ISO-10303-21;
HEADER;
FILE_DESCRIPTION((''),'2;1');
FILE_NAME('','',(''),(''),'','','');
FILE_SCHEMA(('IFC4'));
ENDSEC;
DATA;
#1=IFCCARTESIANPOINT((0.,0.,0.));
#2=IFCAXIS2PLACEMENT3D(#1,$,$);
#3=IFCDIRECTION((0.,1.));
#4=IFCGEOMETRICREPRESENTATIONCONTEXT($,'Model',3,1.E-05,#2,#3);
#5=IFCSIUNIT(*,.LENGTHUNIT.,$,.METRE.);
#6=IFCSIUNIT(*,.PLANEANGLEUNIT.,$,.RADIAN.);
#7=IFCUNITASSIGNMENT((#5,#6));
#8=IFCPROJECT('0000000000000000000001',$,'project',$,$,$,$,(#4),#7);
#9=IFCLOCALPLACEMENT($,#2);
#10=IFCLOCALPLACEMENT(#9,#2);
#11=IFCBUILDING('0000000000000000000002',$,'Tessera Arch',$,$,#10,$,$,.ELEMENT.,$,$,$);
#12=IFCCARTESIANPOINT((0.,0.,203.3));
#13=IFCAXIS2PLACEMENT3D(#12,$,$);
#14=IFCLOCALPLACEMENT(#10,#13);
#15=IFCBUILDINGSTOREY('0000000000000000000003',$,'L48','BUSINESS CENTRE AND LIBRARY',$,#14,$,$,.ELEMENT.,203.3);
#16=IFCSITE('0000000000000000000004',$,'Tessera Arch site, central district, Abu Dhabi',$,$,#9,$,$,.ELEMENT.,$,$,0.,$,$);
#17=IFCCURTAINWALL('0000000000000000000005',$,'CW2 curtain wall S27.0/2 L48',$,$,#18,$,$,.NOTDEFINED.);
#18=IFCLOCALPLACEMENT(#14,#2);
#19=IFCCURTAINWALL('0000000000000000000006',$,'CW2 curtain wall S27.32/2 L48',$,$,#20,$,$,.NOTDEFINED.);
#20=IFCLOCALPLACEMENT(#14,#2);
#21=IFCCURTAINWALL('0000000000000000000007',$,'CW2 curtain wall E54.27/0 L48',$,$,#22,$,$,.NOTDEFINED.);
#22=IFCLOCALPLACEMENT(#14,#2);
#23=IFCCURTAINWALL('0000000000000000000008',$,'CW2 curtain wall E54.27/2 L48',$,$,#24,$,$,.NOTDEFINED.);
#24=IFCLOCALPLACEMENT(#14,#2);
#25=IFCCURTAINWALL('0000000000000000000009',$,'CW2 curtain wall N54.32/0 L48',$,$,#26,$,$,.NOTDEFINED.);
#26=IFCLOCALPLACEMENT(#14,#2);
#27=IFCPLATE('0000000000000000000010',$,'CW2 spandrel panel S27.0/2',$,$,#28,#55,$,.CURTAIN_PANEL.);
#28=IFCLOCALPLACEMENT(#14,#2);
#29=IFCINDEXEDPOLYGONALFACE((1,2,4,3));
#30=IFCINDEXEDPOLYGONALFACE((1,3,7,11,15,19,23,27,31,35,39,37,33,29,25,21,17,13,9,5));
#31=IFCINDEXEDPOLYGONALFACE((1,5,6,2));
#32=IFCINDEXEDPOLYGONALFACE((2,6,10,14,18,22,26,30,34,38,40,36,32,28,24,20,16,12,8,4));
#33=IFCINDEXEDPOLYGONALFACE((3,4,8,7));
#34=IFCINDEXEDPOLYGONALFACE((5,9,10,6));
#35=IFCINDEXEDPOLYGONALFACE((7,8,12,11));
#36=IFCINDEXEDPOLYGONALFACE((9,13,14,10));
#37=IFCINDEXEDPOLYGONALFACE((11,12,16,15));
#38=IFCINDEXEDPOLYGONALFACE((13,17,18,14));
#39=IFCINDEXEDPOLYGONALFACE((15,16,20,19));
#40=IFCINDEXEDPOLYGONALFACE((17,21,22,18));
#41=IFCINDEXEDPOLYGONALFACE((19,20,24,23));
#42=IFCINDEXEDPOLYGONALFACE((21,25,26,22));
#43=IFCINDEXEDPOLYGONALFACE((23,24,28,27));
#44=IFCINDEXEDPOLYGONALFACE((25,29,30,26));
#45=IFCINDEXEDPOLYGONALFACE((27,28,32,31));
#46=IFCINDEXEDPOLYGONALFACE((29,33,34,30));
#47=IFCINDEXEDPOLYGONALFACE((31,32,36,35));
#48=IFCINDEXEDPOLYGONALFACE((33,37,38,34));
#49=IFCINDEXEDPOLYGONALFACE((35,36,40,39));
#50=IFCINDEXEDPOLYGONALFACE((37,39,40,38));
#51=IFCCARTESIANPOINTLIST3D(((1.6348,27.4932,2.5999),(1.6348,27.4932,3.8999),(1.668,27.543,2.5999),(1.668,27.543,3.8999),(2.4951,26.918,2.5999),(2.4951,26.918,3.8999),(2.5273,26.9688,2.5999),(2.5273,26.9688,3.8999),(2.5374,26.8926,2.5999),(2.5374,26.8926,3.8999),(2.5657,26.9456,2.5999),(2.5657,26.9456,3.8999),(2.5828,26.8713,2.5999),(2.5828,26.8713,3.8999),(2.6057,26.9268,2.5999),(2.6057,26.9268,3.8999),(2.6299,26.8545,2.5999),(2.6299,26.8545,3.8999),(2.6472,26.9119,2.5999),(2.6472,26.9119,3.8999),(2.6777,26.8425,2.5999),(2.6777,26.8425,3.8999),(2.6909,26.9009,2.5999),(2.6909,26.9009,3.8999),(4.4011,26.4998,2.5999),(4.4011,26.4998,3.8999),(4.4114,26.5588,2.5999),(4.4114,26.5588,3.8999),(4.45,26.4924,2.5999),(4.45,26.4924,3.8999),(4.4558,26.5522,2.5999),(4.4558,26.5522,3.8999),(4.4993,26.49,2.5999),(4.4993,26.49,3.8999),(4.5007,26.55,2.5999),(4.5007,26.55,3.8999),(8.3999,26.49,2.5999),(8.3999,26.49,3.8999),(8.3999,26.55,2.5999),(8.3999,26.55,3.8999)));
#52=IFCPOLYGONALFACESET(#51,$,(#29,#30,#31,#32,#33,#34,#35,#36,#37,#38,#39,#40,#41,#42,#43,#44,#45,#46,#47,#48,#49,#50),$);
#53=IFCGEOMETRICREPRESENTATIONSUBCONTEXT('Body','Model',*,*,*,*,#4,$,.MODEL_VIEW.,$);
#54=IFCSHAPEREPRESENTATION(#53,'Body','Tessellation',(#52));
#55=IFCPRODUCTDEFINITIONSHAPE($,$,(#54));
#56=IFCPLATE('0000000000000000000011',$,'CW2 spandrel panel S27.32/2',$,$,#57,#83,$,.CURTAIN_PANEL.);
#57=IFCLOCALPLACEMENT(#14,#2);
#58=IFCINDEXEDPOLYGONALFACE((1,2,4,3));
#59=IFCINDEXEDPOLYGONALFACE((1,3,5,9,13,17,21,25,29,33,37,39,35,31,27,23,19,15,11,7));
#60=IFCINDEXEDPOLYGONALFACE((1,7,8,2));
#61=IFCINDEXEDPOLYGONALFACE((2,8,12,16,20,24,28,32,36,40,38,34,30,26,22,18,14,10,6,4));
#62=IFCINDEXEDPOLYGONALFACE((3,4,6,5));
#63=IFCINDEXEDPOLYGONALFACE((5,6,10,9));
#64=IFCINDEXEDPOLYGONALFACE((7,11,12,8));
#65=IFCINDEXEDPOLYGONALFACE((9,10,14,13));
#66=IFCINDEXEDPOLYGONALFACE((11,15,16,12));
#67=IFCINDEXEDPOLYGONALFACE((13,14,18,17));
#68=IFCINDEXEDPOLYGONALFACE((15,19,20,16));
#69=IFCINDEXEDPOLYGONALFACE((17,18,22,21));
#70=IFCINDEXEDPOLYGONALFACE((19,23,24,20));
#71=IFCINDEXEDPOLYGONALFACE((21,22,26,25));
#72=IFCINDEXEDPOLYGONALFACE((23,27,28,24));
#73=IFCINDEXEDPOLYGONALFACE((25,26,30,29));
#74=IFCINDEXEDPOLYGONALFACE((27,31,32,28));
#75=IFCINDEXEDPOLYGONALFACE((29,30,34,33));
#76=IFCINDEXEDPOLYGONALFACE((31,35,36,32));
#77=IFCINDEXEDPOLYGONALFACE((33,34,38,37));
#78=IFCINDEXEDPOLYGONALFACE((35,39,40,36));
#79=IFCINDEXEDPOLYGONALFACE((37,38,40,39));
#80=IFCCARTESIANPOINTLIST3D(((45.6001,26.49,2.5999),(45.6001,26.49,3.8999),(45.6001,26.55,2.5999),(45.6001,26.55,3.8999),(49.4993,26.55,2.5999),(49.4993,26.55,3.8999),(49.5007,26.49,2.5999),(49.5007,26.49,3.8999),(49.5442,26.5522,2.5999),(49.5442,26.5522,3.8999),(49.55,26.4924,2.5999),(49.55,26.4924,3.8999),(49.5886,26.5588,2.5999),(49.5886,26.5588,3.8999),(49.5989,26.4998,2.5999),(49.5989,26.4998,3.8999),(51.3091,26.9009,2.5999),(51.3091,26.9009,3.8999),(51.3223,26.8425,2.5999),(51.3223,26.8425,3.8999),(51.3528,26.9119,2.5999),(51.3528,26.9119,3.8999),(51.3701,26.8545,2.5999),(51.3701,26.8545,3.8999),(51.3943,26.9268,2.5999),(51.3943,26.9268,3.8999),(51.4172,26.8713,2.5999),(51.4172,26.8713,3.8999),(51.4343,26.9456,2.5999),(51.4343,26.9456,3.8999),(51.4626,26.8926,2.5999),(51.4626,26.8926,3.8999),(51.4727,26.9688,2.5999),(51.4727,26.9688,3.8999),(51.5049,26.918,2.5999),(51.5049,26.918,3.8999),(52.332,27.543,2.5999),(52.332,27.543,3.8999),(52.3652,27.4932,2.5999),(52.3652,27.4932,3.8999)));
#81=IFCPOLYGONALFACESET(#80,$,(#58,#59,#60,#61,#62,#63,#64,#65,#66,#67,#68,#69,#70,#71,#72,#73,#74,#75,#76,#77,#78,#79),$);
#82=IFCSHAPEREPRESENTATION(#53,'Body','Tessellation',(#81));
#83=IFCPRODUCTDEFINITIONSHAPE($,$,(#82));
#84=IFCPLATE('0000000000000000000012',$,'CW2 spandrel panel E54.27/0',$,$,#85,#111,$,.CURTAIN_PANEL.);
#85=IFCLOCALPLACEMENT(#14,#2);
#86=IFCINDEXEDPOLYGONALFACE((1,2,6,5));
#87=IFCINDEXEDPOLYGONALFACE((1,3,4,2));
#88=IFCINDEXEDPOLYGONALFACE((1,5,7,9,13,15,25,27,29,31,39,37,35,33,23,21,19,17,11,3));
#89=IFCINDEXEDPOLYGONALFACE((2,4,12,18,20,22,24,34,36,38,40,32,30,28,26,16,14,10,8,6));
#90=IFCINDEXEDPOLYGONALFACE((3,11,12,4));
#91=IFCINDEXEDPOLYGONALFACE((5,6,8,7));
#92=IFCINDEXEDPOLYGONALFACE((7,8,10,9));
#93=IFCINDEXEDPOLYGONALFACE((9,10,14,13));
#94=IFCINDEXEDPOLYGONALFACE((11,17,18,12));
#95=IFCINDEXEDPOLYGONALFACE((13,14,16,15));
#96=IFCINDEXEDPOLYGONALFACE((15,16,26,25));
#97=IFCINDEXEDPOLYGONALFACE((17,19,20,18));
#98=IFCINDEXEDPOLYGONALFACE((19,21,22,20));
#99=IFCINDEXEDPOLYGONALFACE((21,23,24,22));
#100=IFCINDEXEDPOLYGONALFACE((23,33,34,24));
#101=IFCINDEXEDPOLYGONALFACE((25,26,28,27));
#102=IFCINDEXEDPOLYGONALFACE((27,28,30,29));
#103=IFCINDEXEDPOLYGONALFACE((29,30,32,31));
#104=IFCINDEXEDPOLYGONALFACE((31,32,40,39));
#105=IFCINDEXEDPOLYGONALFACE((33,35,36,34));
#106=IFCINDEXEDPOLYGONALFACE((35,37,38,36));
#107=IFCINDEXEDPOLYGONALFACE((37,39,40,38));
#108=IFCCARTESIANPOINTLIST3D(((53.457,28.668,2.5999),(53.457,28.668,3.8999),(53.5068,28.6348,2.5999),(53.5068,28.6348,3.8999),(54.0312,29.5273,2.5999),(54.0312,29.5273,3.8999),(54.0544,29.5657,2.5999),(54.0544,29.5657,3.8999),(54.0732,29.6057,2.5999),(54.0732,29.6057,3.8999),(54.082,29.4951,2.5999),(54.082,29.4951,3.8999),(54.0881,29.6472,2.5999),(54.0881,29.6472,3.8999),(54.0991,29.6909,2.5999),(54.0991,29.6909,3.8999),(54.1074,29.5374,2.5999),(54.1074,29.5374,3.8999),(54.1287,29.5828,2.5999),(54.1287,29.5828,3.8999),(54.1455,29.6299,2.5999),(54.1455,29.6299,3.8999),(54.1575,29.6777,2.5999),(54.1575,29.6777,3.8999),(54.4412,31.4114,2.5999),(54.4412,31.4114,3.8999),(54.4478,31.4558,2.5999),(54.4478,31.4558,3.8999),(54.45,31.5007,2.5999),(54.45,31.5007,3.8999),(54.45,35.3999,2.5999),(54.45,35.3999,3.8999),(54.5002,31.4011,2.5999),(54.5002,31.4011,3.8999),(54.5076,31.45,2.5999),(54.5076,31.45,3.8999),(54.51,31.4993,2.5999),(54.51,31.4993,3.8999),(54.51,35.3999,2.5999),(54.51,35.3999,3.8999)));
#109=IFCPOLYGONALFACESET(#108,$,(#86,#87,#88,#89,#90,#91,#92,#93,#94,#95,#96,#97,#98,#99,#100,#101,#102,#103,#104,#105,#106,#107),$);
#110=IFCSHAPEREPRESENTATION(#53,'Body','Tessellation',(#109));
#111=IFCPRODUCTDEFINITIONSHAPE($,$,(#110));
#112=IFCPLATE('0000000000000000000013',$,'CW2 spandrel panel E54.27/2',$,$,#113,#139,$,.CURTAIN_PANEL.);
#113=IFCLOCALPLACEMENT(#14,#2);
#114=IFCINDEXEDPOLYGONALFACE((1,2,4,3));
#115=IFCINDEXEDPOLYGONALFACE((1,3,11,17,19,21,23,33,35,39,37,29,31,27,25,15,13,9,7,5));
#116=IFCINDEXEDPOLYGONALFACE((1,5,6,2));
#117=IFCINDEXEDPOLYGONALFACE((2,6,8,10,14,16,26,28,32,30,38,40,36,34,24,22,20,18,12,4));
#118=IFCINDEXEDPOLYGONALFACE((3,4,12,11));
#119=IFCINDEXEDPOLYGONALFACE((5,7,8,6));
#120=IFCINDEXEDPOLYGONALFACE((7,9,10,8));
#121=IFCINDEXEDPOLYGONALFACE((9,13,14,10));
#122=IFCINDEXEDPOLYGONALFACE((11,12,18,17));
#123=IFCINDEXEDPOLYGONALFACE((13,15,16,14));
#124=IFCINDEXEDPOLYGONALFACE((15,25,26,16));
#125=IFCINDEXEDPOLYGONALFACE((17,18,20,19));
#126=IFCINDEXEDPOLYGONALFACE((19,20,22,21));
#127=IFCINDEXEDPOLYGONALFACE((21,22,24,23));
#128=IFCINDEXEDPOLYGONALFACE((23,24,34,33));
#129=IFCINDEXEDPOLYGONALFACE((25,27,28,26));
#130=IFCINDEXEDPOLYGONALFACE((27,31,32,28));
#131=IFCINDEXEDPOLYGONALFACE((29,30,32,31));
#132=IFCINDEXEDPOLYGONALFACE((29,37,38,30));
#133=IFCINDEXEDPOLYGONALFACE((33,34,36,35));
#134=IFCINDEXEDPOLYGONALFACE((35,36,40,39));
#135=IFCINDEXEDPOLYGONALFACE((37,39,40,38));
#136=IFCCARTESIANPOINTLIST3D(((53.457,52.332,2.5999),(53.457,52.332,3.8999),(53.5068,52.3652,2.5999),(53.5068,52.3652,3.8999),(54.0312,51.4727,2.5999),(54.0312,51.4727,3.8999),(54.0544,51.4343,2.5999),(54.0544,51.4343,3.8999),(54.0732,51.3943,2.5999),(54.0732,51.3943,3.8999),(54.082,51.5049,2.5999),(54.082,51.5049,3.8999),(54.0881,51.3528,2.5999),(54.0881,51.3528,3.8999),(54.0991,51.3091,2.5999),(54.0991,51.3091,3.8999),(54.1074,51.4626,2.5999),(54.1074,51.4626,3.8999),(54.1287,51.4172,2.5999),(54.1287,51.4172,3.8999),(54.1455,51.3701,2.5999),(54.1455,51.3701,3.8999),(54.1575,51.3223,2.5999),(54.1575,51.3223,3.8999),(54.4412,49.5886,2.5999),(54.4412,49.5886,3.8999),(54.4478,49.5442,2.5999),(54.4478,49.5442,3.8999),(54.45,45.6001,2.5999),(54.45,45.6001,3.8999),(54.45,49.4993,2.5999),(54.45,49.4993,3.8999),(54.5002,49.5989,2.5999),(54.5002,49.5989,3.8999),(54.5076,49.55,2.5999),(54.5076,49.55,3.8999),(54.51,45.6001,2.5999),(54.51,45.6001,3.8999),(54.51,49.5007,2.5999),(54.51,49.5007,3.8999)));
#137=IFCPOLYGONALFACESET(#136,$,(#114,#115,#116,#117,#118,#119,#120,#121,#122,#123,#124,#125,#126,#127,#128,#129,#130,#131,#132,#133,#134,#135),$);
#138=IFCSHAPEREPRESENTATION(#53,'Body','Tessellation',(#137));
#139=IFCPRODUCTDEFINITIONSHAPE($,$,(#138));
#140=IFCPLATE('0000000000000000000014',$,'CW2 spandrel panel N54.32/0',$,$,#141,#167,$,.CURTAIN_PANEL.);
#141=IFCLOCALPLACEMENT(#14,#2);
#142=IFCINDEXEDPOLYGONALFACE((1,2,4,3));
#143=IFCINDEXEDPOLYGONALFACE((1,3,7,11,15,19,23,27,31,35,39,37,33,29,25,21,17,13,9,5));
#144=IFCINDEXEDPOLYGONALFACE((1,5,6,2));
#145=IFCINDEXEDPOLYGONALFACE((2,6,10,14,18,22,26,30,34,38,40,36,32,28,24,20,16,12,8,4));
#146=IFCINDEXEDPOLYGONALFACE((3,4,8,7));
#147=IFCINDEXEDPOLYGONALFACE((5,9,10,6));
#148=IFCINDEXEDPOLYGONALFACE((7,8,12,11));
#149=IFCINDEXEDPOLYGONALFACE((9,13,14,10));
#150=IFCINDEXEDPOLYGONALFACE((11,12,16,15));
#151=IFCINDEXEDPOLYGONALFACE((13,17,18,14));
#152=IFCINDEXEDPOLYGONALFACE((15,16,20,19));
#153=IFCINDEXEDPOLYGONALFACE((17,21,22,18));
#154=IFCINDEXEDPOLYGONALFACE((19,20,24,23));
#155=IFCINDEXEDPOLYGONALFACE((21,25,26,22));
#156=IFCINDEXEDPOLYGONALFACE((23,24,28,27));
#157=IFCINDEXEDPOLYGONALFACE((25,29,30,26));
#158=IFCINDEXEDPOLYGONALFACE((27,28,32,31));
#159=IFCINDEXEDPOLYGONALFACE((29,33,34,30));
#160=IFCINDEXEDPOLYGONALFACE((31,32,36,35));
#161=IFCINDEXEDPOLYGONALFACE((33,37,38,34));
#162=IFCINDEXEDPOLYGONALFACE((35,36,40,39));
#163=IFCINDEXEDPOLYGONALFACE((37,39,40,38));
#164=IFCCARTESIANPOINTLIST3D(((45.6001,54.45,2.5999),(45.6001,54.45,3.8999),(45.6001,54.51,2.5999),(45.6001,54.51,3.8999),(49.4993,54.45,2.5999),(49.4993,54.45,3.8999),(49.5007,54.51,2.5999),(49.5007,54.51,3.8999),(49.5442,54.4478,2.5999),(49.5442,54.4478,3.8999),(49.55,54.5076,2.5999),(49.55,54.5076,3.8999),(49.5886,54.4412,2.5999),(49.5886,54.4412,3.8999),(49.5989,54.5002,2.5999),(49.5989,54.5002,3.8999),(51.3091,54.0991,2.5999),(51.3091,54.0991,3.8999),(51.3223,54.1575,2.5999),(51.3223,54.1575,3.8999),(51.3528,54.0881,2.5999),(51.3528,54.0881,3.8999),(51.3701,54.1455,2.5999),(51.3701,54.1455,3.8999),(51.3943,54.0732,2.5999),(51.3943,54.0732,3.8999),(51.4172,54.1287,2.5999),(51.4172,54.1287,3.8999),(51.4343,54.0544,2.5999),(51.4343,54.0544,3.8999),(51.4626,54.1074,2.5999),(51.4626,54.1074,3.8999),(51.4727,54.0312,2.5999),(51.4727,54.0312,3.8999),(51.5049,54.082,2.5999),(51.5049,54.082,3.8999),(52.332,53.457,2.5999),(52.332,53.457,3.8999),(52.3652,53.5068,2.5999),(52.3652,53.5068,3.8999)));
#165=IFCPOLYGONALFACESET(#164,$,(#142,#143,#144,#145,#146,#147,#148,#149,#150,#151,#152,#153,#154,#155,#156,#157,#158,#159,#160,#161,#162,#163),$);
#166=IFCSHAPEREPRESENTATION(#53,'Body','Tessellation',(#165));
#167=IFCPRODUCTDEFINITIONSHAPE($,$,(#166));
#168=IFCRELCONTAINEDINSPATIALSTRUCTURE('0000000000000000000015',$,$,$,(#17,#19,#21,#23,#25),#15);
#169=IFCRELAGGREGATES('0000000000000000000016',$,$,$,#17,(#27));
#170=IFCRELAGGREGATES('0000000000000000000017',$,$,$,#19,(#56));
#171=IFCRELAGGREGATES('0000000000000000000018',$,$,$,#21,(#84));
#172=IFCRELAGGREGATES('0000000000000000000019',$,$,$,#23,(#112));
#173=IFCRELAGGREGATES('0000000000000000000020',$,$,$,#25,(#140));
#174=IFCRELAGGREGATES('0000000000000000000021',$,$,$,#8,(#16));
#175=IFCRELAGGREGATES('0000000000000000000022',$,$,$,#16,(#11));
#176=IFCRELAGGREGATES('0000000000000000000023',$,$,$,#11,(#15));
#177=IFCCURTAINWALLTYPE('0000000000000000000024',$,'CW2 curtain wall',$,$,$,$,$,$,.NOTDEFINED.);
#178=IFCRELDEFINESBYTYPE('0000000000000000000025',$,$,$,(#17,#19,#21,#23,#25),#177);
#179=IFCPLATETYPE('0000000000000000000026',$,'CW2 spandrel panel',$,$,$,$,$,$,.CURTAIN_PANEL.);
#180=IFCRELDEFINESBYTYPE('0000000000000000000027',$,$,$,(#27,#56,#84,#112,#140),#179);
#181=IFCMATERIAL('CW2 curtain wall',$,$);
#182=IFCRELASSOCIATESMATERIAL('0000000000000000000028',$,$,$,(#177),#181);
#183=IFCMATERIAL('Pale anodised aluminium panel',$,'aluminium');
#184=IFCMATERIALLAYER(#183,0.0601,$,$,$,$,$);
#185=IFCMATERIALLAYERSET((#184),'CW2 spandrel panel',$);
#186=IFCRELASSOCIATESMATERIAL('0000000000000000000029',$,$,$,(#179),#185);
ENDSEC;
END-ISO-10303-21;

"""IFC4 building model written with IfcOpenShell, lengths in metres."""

from ifc_helpers import new_model, si_unit, direction, frame, origin, place, context, subcontext, project, spatial, polyline, outline, extrude, material, layer, layer_set, type_object, element, aggregate, save


model = new_model("IFC4")

# Units and contexts
model_context = context("Model", 3, precision=1e-05, world=origin(), true_north=direction((0.0, 1.0)))
body_context = subcontext(model_context, "Body", "Model", "MODEL_VIEW")
ifc_project = project(units=[si_unit("LENGTHUNIT", "METRE"), si_unit("PLANEANGLEUNIT", "RADIAN")], contexts=[model_context])

# Site, building, storey
site_placement = place(None, origin())
site = spatial("IfcSite", under=ifc_project, at=site_placement, Name="Tessera Arch site, central district, Abu Dhabi", CompositionType="ELEMENT", RefElevation=0.0)
building_placement = place(site_placement, origin())
building = spatial("IfcBuilding", under=site, at=building_placement, Name="Tessera Arch", CompositionType="ELEMENT")
storey_placement = place(building_placement, frame((0.0, 0.0, 203.3)))
storey = spatial("IfcBuildingStorey", under=building, at=storey_placement, Name="L48", Description="BUSINESS CENTRE AND LIBRARY", CompositionType="ELEMENT", Elevation=203.3)

# Curtain walls
ifc_material_1 = material(Name="CW2 curtain wall")
curtain_wall_type = type_object("IfcCurtainWallType", Name="CW2 curtain wall", PredefinedType="NOTDEFINED", material=ifc_material_1)
curtain_wall_1_placement = place(storey_placement, origin())
curtain_wall_1 = element("IfcCurtainWall", 1, at=curtain_wall_1_placement, inside=storey, type_object=curtain_wall_type, Name="CW2 curtain wall S27.0/2 L48", PredefinedType="NOTDEFINED")
curtain_wall_2_placement = place(storey_placement, origin())
curtain_wall_2 = element("IfcCurtainWall", 2, at=curtain_wall_2_placement, inside=storey, type_object=curtain_wall_type, Name="CW2 curtain wall S27.32/2 L48", PredefinedType="NOTDEFINED")
curtain_wall_3_placement = place(storey_placement, origin())
curtain_wall_3 = element("IfcCurtainWall", 3, at=curtain_wall_3_placement, inside=storey, type_object=curtain_wall_type, Name="CW2 curtain wall E54.27/0 L48", PredefinedType="NOTDEFINED")
curtain_wall_4_placement = place(storey_placement, origin())
curtain_wall_4 = element("IfcCurtainWall", 4, at=curtain_wall_4_placement, inside=storey, type_object=curtain_wall_type, Name="CW2 curtain wall E54.27/2 L48", PredefinedType="NOTDEFINED")
curtain_wall_5_placement = place(storey_placement, origin())
curtain_wall_5 = element("IfcCurtainWall", 5, at=curtain_wall_5_placement, inside=storey, type_object=curtain_wall_type, Name="CW2 curtain wall N54.32/0 L48", PredefinedType="NOTDEFINED")

# Plates
ifc_material_2 = material(Name="Pale anodised aluminium panel", Category="aluminium")
ifc_layer_1 = layer(ifc_material_2, 0.0601)
ifc_layer_set_1 = layer_set([ifc_layer_1], Name="CW2 spandrel panel")
plate_type_1 = type_object("IfcPlateType", Name="CW2 spandrel panel", PredefinedType="CURTAIN_PANEL", material=ifc_layer_set_1)
plate_1_placement = place(storey_placement, frame((0.0, 0.0, 2.5999)))
plate_1 = element("IfcPlate", 6, at=plate_1_placement, type_object=plate_type_1, Name="CW2 spandrel panel S27.0/2", PredefinedType="CURTAIN_PANEL", context=body_context, shape_type="SweptSolid", body=[
    extrude(outline(polyline([(2.5273, 26.9688), (1.668, 27.543), (1.6348, 27.4932), (2.4951, 26.918), (2.5374, 26.8926), (2.5828, 26.8713), (2.6299, 26.8545), (2.6777, 26.8425), (4.4011, 26.4998), (4.45, 26.4924), (4.4993, 26.49), (8.3999, 26.49), (8.3999, 26.55), (4.5007, 26.55), (4.4558, 26.5522), (4.4114, 26.5588), (2.6909, 26.9009), (2.6472, 26.9119), (2.6057, 26.9268), (2.5657, 26.9456), (2.5273, 26.9688)])), origin(), (0.0, 0.0, 1.0), 1.3),
])
aggregate(curtain_wall_1, [plate_1])
plate_2_placement = place(storey_placement, frame((0.0, 0.0, 2.5999)))
plate_2 = element("IfcPlate", 7, at=plate_2_placement, type_object=plate_type_1, Name="CW2 spandrel panel S27.32/2", PredefinedType="CURTAIN_PANEL", context=body_context, shape_type="SweptSolid", body=[
    extrude(outline(polyline([(49.4993, 26.55), (45.6001, 26.55), (45.6001, 26.49), (49.5007, 26.49), (49.55, 26.4924), (49.5989, 26.4998), (51.3223, 26.8425), (51.3701, 26.8545), (51.4172, 26.8713), (51.4626, 26.8926), (51.5049, 26.918), (52.3652, 27.4932), (52.332, 27.543), (51.4727, 26.9688), (51.4343, 26.9456), (51.3943, 26.9268), (51.3528, 26.9119), (51.3091, 26.9009), (49.5886, 26.5588), (49.5442, 26.5522), (49.4993, 26.55)])), origin(), (0.0, 0.0, 1.0), 1.3),
])
aggregate(curtain_wall_2, [plate_2])
plate_3_placement = place(storey_placement, frame((0.0, 0.0, 2.5999)))
plate_3 = element("IfcPlate", 8, at=plate_3_placement, type_object=plate_type_1, Name="CW2 spandrel panel E54.27/0", PredefinedType="CURTAIN_PANEL", context=body_context, shape_type="SweptSolid", body=[
    extrude(outline(polyline([(54.0312, 29.5273), (53.457, 28.668), (53.5068, 28.6348), (54.082, 29.4951), (54.1074, 29.5374), (54.1287, 29.5828), (54.1455, 29.6299), (54.1575, 29.6777), (54.5002, 31.4011), (54.5076, 31.45), (54.51, 31.4993), (54.51, 35.3999), (54.45, 35.3999), (54.45, 31.5007), (54.4478, 31.4558), (54.4412, 31.4114), (54.0991, 29.6909), (54.0881, 29.6472), (54.0732, 29.6057), (54.0544, 29.5657), (54.0312, 29.5273)])), origin(), (0.0, 0.0, 1.0), 1.3),
])
aggregate(curtain_wall_3, [plate_3])
plate_4_placement = place(storey_placement, frame((0.0, 0.0, 2.5999)))
plate_4 = element("IfcPlate", 9, at=plate_4_placement, type_object=plate_type_1, Name="CW2 spandrel panel E54.27/2", PredefinedType="CURTAIN_PANEL", context=body_context, shape_type="SweptSolid", body=[
    extrude(outline(polyline([(54.45, 49.4993), (54.45, 45.6001), (54.51, 45.6001), (54.51, 49.5007), (54.5076, 49.55), (54.5002, 49.5989), (54.1575, 51.3223), (54.1455, 51.3701), (54.1287, 51.4172), (54.1074, 51.4626), (54.082, 51.5049), (53.5068, 52.3652), (53.457, 52.332), (54.0312, 51.4727), (54.0544, 51.4343), (54.0732, 51.3943), (54.0881, 51.3528), (54.0991, 51.3091), (54.4412, 49.5886), (54.4478, 49.5442), (54.45, 49.4993)])), origin(), (0.0, 0.0, 1.0), 1.3),
])
aggregate(curtain_wall_4, [plate_4])
plate_5_placement = place(storey_placement, frame((0.0, 0.0, 2.5999)))
plate_5 = element("IfcPlate", 10, at=plate_5_placement, type_object=plate_type_1, Name="CW2 spandrel panel N54.32/0", PredefinedType="CURTAIN_PANEL", context=body_context, shape_type="SweptSolid", body=[
    extrude(outline(polyline([(51.4727, 54.0312), (52.332, 53.457), (52.3652, 53.5068), (51.5049, 54.082), (51.4626, 54.1074), (51.4172, 54.1287), (51.3701, 54.1455), (51.3223, 54.1575), (49.5989, 54.5002), (49.55, 54.5076), (49.5007, 54.51), (45.6001, 54.51), (45.6001, 54.45), (49.4993, 54.45), (49.5442, 54.4478), (49.5886, 54.4412), (51.3091, 54.0991), (51.3528, 54.0881), (51.3943, 54.0732), (51.4343, 54.0544), (51.4727, 54.0312)])), origin(), (0.0, 0.0, 1.0), 1.3),
])
aggregate(curtain_wall_5, [plate_5])

save(model, "model.ifc")
